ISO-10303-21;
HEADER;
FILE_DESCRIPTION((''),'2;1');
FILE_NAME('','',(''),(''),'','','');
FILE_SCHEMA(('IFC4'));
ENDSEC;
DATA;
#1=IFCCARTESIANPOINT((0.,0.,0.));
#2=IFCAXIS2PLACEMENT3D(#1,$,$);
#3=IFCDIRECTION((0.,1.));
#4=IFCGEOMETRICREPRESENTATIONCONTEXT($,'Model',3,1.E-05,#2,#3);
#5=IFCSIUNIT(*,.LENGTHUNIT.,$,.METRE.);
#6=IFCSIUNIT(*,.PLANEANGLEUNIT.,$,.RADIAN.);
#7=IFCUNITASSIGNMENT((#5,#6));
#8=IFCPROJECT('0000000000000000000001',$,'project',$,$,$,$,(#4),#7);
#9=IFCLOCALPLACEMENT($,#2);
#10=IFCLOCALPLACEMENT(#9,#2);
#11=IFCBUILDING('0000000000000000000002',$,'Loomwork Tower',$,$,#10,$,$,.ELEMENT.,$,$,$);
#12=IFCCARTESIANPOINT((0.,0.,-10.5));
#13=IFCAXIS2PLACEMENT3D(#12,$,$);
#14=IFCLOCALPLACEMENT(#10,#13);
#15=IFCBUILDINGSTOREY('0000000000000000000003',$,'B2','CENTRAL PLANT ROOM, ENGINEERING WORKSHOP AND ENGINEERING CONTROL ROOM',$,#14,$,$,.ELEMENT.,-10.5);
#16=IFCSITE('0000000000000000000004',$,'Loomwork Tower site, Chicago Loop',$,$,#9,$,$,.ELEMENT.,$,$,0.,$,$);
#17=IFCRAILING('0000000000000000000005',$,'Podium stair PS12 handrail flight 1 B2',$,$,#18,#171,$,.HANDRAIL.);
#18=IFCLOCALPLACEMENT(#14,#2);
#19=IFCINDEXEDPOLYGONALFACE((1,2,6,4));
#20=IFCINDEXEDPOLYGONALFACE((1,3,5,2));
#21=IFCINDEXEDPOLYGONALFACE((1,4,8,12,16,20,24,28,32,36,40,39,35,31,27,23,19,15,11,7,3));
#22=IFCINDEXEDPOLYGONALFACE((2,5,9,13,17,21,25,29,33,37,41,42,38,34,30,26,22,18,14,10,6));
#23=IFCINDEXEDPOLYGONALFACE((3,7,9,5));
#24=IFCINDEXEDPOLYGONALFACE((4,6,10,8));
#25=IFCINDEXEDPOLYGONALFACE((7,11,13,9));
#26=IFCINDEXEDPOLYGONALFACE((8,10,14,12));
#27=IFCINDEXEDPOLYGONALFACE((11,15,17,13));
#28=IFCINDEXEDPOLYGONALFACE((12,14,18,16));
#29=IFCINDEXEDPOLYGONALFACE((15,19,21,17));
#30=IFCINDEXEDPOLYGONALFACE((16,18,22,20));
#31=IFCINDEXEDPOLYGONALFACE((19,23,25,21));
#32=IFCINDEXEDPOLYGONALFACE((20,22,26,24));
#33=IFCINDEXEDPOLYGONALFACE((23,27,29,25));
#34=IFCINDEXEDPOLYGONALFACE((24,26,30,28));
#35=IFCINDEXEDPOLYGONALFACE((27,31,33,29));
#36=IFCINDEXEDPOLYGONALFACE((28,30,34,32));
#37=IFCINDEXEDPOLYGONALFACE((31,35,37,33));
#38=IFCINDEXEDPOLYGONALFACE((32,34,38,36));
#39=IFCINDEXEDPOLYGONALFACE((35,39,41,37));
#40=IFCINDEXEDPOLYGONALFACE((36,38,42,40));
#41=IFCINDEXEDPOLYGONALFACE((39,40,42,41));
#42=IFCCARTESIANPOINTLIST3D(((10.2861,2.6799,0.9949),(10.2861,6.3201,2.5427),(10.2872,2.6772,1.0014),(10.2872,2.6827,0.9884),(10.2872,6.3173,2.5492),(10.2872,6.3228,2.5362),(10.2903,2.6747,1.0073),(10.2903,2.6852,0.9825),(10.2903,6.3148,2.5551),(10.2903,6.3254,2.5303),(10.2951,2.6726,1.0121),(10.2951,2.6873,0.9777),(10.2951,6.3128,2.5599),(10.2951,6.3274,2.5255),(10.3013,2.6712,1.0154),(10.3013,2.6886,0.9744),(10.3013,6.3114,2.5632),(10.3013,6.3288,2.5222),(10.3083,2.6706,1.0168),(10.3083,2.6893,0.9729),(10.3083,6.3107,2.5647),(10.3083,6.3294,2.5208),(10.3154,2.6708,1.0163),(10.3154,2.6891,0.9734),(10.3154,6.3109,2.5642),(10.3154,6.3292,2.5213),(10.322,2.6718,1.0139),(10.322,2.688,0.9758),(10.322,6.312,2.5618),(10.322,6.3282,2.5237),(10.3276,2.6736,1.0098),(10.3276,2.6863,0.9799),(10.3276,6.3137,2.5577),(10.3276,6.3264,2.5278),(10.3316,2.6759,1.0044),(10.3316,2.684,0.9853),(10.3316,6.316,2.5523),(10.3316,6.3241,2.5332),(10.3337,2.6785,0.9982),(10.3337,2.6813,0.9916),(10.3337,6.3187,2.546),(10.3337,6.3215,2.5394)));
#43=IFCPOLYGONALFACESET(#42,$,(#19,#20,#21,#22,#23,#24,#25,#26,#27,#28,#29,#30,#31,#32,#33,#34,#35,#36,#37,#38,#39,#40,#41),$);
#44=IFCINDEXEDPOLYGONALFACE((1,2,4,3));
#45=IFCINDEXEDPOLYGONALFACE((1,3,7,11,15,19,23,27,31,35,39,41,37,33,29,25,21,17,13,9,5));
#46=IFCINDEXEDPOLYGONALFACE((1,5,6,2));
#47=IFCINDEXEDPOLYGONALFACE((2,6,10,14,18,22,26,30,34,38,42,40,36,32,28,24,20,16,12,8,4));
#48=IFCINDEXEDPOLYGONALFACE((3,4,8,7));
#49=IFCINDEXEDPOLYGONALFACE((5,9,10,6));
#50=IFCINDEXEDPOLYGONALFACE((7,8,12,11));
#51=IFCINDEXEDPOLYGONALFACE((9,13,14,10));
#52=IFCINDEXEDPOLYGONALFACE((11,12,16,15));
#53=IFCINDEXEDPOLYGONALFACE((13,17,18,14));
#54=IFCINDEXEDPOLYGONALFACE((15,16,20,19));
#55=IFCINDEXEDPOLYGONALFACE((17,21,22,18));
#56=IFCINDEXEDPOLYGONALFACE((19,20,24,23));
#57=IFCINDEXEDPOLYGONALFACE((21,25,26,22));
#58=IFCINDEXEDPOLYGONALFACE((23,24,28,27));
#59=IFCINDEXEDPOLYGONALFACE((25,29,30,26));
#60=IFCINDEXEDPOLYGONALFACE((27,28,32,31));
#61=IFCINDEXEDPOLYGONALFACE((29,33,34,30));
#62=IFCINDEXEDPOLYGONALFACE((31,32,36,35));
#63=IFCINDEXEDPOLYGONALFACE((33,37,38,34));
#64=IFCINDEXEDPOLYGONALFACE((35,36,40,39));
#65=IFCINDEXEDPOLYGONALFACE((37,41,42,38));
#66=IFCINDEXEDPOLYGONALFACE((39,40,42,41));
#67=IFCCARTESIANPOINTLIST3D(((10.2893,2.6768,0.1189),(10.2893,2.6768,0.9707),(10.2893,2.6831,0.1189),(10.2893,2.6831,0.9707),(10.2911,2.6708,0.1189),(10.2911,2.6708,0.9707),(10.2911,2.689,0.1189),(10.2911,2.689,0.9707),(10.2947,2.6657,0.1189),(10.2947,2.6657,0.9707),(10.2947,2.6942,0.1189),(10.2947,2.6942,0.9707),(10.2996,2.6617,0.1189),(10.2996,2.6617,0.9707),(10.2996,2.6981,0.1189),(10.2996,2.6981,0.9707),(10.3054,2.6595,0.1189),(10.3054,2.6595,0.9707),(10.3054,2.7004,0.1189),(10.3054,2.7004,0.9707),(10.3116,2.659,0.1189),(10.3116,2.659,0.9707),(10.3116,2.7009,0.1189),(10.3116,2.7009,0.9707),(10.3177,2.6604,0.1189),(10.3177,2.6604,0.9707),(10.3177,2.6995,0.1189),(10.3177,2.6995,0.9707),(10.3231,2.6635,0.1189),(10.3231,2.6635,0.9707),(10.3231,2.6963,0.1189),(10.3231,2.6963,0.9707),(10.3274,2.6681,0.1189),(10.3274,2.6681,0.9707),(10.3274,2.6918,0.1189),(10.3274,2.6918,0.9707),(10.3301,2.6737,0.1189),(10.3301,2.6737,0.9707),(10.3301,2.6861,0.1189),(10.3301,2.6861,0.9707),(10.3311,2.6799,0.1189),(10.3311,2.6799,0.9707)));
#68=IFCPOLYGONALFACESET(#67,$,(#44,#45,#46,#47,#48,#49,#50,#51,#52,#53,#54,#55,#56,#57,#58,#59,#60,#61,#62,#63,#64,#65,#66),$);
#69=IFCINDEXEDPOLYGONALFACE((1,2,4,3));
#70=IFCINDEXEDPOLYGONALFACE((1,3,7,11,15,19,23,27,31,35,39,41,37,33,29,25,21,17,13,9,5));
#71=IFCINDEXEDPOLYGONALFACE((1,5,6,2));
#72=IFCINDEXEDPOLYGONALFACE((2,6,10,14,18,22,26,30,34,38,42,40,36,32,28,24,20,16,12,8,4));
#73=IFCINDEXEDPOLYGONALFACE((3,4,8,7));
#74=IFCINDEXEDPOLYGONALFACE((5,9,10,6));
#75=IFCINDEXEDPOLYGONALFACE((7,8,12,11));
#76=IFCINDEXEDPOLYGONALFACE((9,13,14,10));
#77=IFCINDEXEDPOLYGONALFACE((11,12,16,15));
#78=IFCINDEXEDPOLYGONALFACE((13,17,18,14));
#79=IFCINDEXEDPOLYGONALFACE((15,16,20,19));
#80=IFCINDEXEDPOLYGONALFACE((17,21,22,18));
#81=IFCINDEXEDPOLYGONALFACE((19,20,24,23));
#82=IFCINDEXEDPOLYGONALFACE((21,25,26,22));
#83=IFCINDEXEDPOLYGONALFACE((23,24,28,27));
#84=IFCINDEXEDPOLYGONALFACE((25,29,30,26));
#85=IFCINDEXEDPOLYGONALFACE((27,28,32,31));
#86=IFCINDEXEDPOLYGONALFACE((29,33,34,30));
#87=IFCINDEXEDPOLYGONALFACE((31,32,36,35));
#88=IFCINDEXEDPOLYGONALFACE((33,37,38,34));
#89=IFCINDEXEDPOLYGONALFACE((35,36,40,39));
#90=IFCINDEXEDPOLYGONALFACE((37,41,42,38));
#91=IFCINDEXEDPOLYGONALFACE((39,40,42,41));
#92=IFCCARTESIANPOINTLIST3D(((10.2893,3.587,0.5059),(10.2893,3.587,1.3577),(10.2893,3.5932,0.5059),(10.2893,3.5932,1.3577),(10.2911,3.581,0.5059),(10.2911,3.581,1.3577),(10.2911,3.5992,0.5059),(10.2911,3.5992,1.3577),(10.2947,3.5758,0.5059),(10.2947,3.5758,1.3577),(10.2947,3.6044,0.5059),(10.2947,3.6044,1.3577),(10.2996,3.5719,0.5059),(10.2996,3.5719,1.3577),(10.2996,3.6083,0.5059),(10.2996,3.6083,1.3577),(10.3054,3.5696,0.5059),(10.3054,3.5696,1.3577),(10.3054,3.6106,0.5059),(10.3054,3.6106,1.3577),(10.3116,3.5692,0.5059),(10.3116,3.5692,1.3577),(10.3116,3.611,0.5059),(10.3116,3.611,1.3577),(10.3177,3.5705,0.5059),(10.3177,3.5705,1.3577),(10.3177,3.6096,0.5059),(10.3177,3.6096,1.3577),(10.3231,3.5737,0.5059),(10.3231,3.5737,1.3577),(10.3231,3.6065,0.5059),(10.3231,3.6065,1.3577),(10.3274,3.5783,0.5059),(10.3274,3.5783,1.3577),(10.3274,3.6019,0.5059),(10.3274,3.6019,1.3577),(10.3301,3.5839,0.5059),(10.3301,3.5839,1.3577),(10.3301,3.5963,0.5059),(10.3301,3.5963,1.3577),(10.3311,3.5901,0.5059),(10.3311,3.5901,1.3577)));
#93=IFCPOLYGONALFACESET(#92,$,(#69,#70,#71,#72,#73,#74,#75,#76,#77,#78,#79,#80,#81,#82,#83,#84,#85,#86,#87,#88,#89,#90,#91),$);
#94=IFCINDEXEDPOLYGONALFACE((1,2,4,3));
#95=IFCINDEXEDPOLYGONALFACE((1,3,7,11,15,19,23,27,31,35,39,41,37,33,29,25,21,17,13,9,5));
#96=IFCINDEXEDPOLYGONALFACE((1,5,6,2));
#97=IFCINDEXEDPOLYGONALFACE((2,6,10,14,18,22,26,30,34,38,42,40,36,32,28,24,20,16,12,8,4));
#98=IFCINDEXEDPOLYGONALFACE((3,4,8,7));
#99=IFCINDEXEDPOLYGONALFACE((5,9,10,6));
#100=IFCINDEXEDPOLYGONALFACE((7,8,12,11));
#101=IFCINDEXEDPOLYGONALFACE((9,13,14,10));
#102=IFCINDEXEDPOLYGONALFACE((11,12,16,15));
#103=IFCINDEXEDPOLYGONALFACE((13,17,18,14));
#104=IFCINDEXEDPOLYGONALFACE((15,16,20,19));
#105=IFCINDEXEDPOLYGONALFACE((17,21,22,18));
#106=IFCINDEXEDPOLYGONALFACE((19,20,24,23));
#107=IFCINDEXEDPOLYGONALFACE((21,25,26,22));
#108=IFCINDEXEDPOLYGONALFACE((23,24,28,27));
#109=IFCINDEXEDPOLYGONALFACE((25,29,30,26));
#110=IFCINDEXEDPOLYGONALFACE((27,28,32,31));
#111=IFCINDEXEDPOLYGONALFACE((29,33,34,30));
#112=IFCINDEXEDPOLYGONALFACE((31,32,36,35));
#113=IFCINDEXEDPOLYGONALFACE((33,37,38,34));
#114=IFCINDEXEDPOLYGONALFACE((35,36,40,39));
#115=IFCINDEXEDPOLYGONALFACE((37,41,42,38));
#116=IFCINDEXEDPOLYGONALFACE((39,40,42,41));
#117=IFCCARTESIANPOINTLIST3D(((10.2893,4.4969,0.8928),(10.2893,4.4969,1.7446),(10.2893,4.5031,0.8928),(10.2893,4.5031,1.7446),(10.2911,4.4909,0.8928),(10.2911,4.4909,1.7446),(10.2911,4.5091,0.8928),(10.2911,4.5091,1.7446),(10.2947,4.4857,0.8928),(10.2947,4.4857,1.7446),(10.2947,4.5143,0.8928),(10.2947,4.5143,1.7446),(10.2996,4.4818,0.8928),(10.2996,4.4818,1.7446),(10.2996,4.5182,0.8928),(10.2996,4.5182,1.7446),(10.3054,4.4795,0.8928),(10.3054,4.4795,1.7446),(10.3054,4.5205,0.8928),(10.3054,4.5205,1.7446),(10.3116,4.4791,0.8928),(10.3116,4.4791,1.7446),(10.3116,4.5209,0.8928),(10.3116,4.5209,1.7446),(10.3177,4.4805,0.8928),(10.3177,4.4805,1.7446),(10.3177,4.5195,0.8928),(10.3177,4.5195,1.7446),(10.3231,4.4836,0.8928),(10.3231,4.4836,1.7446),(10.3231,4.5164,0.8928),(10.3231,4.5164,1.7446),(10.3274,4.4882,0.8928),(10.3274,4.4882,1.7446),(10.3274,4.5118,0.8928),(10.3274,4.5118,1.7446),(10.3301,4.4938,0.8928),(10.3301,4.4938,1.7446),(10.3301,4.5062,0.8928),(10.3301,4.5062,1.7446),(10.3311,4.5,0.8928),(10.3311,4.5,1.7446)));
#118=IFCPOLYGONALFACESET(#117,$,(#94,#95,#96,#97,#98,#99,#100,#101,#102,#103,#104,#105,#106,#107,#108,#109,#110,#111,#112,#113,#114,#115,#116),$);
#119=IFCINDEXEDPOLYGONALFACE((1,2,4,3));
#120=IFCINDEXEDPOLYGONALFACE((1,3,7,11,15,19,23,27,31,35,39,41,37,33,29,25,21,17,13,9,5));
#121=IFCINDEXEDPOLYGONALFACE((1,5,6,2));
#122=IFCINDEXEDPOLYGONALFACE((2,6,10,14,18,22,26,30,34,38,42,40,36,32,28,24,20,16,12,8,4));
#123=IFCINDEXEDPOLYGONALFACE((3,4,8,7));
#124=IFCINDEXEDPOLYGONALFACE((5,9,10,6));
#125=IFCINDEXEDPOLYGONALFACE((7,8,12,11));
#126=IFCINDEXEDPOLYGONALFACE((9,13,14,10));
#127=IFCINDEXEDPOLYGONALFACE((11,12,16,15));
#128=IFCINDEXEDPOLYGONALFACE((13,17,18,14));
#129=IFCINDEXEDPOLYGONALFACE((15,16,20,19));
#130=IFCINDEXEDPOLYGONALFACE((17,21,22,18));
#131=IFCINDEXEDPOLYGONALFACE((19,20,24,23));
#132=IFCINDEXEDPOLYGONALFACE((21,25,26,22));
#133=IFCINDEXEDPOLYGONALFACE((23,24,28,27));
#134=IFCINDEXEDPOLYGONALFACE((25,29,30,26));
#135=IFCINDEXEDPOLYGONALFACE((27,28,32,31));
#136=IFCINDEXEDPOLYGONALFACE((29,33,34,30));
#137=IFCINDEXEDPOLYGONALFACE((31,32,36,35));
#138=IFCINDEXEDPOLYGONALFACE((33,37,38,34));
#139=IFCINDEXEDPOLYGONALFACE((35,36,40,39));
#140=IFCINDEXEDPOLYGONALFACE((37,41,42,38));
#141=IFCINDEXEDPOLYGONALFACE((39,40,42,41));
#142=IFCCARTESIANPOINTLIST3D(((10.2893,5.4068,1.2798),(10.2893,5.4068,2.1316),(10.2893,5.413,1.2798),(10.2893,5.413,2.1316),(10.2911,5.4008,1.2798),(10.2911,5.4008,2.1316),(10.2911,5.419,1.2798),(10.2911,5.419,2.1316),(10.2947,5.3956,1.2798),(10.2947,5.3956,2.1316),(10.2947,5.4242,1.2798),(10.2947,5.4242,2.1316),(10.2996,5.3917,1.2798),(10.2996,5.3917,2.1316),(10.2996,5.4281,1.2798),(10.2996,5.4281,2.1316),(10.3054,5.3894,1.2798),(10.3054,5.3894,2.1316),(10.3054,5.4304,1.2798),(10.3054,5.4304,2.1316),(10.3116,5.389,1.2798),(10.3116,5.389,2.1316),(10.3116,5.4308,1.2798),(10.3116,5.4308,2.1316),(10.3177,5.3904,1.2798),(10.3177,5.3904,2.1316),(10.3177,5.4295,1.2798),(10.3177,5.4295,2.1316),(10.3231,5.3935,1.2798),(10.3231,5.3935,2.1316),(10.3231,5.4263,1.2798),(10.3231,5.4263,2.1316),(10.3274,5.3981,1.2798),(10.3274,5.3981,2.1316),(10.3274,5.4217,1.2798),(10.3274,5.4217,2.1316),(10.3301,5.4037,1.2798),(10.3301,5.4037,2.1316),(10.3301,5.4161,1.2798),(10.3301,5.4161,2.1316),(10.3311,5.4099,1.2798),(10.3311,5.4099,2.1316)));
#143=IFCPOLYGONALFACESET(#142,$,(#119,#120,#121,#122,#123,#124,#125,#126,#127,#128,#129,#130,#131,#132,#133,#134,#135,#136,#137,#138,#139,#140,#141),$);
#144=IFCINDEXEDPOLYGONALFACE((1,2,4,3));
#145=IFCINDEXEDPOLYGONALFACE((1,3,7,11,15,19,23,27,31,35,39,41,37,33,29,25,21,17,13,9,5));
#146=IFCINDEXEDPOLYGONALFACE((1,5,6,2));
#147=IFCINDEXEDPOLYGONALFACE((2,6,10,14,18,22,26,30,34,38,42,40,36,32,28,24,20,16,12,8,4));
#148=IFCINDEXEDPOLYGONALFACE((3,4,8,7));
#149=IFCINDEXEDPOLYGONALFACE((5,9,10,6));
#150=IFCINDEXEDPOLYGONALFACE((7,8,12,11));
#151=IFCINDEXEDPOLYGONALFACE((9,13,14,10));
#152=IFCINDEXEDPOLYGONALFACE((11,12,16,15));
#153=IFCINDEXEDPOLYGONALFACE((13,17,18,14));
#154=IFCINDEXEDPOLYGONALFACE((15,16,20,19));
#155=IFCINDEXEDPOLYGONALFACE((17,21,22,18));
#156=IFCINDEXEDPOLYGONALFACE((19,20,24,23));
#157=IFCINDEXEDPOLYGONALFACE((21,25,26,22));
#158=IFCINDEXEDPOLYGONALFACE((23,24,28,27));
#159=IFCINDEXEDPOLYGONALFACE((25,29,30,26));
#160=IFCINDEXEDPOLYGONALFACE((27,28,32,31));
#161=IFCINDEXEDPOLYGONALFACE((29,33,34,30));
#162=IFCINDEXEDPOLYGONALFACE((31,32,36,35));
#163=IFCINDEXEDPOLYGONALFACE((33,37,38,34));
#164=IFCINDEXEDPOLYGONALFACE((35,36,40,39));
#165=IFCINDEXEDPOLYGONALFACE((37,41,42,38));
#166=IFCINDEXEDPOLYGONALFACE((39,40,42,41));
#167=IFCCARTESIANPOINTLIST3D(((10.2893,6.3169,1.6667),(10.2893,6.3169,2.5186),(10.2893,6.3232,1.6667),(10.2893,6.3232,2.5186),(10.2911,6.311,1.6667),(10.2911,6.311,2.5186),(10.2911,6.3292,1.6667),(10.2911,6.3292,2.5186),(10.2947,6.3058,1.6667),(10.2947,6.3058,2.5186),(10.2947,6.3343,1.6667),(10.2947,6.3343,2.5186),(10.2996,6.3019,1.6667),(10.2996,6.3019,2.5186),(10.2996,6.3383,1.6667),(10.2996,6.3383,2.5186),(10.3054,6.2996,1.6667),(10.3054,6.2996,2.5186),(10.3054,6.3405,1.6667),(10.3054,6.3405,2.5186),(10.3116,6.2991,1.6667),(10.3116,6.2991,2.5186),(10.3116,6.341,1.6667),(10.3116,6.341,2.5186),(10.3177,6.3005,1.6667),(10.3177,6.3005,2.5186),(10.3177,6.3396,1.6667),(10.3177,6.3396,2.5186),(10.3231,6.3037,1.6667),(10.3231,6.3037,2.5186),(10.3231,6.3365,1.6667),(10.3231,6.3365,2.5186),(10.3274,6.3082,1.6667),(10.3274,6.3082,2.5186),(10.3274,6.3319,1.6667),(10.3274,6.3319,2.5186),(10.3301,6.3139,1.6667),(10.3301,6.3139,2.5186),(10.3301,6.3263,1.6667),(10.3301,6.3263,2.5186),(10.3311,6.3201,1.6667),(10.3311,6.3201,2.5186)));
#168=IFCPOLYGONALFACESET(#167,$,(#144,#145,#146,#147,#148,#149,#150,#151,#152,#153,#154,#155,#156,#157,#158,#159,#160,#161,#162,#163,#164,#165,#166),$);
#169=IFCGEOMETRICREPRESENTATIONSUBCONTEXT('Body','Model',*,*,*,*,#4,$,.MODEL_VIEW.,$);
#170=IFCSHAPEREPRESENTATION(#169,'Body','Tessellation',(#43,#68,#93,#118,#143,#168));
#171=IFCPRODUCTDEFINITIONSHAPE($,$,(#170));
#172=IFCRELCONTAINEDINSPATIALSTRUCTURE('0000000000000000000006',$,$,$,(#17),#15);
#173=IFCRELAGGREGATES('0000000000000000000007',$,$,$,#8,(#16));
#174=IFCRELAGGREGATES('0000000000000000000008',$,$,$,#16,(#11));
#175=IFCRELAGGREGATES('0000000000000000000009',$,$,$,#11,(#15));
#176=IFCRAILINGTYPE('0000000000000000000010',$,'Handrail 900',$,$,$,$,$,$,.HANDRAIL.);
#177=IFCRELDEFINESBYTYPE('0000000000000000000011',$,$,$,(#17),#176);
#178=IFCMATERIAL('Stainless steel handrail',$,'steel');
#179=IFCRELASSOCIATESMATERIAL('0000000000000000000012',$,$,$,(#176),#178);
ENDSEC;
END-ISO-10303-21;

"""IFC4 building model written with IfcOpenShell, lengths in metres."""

from ifc_helpers import new_model, si_unit, direction, frame, origin, origin_2d, place, context, subcontext, project, spatial, circle, extrude, material, type_object, element, save


model = new_model("IFC4")

# Units and contexts
model_context = context("Model", 3, precision=1e-05, world=origin(), true_north=direction((0.0, 1.0)))
body_context = subcontext(model_context, "Body", "Model", "MODEL_VIEW")
ifc_project = project(units=[si_unit("LENGTHUNIT", "METRE"), si_unit("PLANEANGLEUNIT", "RADIAN")], contexts=[model_context])

# Site, building, storey
site_placement = place(None, origin())
site = spatial("IfcSite", under=ifc_project, at=site_placement, Name="Loomwork Tower site, Chicago Loop", CompositionType="ELEMENT", RefElevation=0.0)
building_placement = place(site_placement, origin())
building = spatial("IfcBuilding", under=site, at=building_placement, Name="Loomwork Tower", CompositionType="ELEMENT")
storey_placement = place(building_placement, frame((0.0, 0.0, -10.5)))
storey = spatial("IfcBuildingStorey", under=building, at=storey_placement, Name="B2", Description="CENTRAL PLANT ROOM, ENGINEERING WORKSHOP AND ENGINEERING CONTROL ROOM", CompositionType="ELEMENT", Elevation=-10.5)

# Railing
ifc_material_1 = material(Name="Stainless steel handrail", Category="steel")
railing_type = type_object("IfcRailingType", Name="Handrail 900", PredefinedType="HANDRAIL", material=ifc_material_1)
railing_1_placement = place(storey_placement, frame((10.3101, 2.6799, 0.1189)))
element("IfcRailing", 1, at=railing_1_placement, inside=storey, type_object=railing_type, Name="Podium stair PS12 handrail flight 1 B2", PredefinedType="HANDRAIL", context=body_context, shape_type="SweptSolid", body=[
    extrude(circle(Radius=0.0239, at=origin_2d()), frame((0.0, 0.0, 0.876), z_axis=(0.0, 0.920259, 0.391311), x_axis=(-1.0, 0.0, 0.0)), (0.0, 0.0, 1.0), 3.9556),
    extrude(circle(Radius=0.021, at=origin_2d()), origin(), (0.0, 0.0, 1.0), 0.8518),
    extrude(circle(Radius=0.021, at=origin_2d()), frame((0.0, 0.9102, 0.387)), (0.0, 0.0, 1.0), 0.8518),
    extrude(circle(Radius=0.021, at=origin_2d()), frame((0.0, 1.8201, 0.7739)), (0.0, 0.0, 1.0), 0.8518),
    extrude(circle(Radius=0.021, at=origin_2d()), frame((0.0, 2.73, 1.1609)), (0.0, 0.0, 1.0), 0.8518),
    extrude(circle(Radius=0.021, at=origin_2d()), frame((0.0, 3.6401, 1.5479)), (0.0, 0.0, 1.0), 0.8518),
])

save(model, "model.ifc")
